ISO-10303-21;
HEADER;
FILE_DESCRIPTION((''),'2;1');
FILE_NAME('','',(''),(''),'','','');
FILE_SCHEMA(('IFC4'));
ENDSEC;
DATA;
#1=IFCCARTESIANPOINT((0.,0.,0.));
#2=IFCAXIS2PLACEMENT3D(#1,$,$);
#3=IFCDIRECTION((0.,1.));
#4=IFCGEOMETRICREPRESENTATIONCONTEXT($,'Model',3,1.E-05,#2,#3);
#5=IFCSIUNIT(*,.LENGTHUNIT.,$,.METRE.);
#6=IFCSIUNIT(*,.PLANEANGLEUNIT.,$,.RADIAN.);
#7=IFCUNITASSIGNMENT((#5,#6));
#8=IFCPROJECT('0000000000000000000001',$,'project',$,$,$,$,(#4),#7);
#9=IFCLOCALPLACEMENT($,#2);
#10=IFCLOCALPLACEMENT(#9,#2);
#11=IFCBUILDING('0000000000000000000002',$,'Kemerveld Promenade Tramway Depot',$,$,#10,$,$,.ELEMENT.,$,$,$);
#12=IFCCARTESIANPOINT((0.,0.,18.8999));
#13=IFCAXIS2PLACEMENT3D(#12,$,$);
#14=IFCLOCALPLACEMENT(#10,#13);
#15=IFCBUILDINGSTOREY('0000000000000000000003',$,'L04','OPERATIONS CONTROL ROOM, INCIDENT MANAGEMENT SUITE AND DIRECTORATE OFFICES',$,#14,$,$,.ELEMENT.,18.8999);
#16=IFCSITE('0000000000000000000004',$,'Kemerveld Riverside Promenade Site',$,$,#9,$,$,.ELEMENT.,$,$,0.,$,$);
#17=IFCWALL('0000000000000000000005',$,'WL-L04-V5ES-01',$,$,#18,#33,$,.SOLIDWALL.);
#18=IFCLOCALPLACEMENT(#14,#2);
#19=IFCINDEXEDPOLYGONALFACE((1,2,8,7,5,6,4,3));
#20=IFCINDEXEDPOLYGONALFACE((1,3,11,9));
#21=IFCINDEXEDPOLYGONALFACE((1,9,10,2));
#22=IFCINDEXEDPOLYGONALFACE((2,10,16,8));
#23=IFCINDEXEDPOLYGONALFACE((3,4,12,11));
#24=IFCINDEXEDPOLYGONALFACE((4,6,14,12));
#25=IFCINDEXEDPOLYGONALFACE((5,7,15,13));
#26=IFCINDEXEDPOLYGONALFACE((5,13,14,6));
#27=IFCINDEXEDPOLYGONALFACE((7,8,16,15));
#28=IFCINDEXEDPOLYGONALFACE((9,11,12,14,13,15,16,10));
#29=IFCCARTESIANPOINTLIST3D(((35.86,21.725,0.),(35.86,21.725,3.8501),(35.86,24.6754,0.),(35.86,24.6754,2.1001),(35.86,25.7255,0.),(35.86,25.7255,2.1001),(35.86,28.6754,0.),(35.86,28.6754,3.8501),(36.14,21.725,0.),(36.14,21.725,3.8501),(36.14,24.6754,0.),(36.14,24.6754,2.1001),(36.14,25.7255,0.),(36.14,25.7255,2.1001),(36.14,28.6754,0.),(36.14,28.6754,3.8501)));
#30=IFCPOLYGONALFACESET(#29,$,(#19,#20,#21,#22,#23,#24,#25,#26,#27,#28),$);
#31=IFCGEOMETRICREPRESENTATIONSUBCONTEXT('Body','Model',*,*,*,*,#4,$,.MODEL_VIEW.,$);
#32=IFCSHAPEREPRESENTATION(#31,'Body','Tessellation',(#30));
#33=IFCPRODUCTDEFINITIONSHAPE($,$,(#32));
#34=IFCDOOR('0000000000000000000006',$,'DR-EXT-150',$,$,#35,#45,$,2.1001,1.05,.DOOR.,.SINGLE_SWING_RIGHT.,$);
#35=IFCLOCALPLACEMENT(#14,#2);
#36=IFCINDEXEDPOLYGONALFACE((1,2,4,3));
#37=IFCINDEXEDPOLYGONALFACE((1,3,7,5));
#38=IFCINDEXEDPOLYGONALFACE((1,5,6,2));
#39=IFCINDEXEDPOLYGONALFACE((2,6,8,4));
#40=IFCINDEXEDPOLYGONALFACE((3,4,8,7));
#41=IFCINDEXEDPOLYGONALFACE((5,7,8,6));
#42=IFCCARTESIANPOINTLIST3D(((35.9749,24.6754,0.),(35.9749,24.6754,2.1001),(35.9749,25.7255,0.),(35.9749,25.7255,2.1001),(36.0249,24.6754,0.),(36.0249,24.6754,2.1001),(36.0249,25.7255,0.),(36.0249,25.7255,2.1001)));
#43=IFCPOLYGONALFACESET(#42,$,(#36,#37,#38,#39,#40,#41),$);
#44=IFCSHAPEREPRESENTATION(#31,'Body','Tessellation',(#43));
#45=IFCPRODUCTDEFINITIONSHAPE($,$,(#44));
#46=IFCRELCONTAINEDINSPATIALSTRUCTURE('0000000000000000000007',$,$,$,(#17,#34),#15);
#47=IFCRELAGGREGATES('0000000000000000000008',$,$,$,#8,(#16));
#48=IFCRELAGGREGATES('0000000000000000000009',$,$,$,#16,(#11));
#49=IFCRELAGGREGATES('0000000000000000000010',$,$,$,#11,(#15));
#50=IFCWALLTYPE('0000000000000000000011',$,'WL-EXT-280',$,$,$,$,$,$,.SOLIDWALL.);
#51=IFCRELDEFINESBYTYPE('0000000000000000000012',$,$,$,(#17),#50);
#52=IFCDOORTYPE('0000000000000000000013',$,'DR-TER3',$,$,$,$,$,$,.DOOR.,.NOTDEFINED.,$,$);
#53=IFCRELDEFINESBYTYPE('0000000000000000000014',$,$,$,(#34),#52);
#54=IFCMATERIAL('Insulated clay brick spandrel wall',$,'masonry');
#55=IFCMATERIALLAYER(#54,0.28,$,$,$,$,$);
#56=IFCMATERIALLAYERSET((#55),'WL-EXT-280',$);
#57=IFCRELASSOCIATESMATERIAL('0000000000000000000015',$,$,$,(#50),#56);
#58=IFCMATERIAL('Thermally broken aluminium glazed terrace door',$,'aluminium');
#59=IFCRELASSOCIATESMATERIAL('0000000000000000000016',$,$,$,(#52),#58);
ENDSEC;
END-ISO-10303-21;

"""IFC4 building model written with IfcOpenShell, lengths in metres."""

from ifc_helpers import new_model, si_unit, direction, frame, frame_2d, origin, place, context, subcontext, project, spatial, rectangle, extrude, material, layer, layer_set, type_object, element, fill, save


model = new_model("IFC4")

# Units and contexts
model_context = context("Model", 3, precision=1e-05, world=origin(), true_north=direction((0.0, 1.0)))
body_context = subcontext(model_context, "Body", "Model", "MODEL_VIEW")
ifc_project = project(units=[si_unit("LENGTHUNIT", "METRE"), si_unit("PLANEANGLEUNIT", "RADIAN")], contexts=[model_context])

# Site, building, storey
site_placement = place(None, origin())
site = spatial("IfcSite", under=ifc_project, at=site_placement, Name="Kemerveld Riverside Promenade Site", CompositionType="ELEMENT", RefElevation=0.0)
building_placement = place(site_placement, origin())
building = spatial("IfcBuilding", under=site, at=building_placement, Name="Kemerveld Promenade Tramway Depot", CompositionType="ELEMENT")
storey_placement = place(building_placement, frame((0.0, 0.0, 18.8999)))
storey = spatial("IfcBuildingStorey", under=building, at=storey_placement, Name="L04", Description="OPERATIONS CONTROL ROOM, INCIDENT MANAGEMENT SUITE AND DIRECTORATE OFFICES", CompositionType="ELEMENT", Elevation=18.8999)

# Wall, opening, door
ifc_material_1 = material(Name="Insulated clay brick spandrel wall", Category="masonry")
ifc_layer_1 = layer(ifc_material_1, 0.28)
ifc_layer_set_1 = layer_set([ifc_layer_1], Name="WL-EXT-280")
wall_type = type_object("IfcWallType", Name="WL-EXT-280", PredefinedType="SOLIDWALL", material=ifc_layer_set_1)
wall_placement = place(storey_placement, frame((36.0, 28.6753, 0.0), z_axis=(0.0, 0.0, 1.0), x_axis=(0.0, -1.0, 0.0)))
wall = element("IfcWall", 1, at=wall_placement, inside=storey, type_object=wall_type, Name="WL-L04-V5ES-01", PredefinedType="SOLIDWALL", context=body_context, shape_type="SweptSolid", body=[
    extrude(rectangle(XDim=6.9504, YDim=0.28, at=frame_2d((3.4751, 0.0))), origin(), (0.0, 0.0, 1.0), 3.8501),
])
opening_placement = place(wall_placement, frame((2.95, 0.0, 0.0)))
opening = element("IfcOpeningElement", 2, at=opening_placement, cuts=wall, PredefinedType="OPENING", context=body_context, shape_type="SweptSolid", body=[
    extrude(rectangle(XDim=1.05, YDim=2.1001, at=frame_2d((0.5249, 1.05))), frame((0.0, 0.1499, 0.0), z_axis=(0.0, -1.0, 0.0), x_axis=(1.0, 0.0, 0.0)), (0.0, 0.0, 1.0), 0.3),
])
ifc_material_2 = material(Name="Thermally broken aluminium glazed terrace door", Category="aluminium")
door_type = type_object("IfcDoorType", Name="DR-TER3", OperationType="NOTDEFINED", PredefinedType="DOOR", material=ifc_material_2)
door_placement = place(opening_placement, origin())
door = element("IfcDoor", 3, at=door_placement, inside=storey, type_object=door_type, Name="DR-EXT-150", OperationType="SINGLE_SWING_RIGHT", OverallHeight=2.1001, OverallWidth=1.05, PredefinedType="DOOR", context=body_context, shape_type="SweptSolid", body=[
    extrude(rectangle(XDim=1.05, YDim=2.1001, at=frame_2d((0.5249, 1.05))), frame((0.0, 0.0249, 0.0), z_axis=(0.0, -1.0, 0.0), x_axis=(1.0, 0.0, 0.0)), (0.0, 0.0, 1.0), 0.05),
])
fill(opening, door)

save(model, "model.ifc")
